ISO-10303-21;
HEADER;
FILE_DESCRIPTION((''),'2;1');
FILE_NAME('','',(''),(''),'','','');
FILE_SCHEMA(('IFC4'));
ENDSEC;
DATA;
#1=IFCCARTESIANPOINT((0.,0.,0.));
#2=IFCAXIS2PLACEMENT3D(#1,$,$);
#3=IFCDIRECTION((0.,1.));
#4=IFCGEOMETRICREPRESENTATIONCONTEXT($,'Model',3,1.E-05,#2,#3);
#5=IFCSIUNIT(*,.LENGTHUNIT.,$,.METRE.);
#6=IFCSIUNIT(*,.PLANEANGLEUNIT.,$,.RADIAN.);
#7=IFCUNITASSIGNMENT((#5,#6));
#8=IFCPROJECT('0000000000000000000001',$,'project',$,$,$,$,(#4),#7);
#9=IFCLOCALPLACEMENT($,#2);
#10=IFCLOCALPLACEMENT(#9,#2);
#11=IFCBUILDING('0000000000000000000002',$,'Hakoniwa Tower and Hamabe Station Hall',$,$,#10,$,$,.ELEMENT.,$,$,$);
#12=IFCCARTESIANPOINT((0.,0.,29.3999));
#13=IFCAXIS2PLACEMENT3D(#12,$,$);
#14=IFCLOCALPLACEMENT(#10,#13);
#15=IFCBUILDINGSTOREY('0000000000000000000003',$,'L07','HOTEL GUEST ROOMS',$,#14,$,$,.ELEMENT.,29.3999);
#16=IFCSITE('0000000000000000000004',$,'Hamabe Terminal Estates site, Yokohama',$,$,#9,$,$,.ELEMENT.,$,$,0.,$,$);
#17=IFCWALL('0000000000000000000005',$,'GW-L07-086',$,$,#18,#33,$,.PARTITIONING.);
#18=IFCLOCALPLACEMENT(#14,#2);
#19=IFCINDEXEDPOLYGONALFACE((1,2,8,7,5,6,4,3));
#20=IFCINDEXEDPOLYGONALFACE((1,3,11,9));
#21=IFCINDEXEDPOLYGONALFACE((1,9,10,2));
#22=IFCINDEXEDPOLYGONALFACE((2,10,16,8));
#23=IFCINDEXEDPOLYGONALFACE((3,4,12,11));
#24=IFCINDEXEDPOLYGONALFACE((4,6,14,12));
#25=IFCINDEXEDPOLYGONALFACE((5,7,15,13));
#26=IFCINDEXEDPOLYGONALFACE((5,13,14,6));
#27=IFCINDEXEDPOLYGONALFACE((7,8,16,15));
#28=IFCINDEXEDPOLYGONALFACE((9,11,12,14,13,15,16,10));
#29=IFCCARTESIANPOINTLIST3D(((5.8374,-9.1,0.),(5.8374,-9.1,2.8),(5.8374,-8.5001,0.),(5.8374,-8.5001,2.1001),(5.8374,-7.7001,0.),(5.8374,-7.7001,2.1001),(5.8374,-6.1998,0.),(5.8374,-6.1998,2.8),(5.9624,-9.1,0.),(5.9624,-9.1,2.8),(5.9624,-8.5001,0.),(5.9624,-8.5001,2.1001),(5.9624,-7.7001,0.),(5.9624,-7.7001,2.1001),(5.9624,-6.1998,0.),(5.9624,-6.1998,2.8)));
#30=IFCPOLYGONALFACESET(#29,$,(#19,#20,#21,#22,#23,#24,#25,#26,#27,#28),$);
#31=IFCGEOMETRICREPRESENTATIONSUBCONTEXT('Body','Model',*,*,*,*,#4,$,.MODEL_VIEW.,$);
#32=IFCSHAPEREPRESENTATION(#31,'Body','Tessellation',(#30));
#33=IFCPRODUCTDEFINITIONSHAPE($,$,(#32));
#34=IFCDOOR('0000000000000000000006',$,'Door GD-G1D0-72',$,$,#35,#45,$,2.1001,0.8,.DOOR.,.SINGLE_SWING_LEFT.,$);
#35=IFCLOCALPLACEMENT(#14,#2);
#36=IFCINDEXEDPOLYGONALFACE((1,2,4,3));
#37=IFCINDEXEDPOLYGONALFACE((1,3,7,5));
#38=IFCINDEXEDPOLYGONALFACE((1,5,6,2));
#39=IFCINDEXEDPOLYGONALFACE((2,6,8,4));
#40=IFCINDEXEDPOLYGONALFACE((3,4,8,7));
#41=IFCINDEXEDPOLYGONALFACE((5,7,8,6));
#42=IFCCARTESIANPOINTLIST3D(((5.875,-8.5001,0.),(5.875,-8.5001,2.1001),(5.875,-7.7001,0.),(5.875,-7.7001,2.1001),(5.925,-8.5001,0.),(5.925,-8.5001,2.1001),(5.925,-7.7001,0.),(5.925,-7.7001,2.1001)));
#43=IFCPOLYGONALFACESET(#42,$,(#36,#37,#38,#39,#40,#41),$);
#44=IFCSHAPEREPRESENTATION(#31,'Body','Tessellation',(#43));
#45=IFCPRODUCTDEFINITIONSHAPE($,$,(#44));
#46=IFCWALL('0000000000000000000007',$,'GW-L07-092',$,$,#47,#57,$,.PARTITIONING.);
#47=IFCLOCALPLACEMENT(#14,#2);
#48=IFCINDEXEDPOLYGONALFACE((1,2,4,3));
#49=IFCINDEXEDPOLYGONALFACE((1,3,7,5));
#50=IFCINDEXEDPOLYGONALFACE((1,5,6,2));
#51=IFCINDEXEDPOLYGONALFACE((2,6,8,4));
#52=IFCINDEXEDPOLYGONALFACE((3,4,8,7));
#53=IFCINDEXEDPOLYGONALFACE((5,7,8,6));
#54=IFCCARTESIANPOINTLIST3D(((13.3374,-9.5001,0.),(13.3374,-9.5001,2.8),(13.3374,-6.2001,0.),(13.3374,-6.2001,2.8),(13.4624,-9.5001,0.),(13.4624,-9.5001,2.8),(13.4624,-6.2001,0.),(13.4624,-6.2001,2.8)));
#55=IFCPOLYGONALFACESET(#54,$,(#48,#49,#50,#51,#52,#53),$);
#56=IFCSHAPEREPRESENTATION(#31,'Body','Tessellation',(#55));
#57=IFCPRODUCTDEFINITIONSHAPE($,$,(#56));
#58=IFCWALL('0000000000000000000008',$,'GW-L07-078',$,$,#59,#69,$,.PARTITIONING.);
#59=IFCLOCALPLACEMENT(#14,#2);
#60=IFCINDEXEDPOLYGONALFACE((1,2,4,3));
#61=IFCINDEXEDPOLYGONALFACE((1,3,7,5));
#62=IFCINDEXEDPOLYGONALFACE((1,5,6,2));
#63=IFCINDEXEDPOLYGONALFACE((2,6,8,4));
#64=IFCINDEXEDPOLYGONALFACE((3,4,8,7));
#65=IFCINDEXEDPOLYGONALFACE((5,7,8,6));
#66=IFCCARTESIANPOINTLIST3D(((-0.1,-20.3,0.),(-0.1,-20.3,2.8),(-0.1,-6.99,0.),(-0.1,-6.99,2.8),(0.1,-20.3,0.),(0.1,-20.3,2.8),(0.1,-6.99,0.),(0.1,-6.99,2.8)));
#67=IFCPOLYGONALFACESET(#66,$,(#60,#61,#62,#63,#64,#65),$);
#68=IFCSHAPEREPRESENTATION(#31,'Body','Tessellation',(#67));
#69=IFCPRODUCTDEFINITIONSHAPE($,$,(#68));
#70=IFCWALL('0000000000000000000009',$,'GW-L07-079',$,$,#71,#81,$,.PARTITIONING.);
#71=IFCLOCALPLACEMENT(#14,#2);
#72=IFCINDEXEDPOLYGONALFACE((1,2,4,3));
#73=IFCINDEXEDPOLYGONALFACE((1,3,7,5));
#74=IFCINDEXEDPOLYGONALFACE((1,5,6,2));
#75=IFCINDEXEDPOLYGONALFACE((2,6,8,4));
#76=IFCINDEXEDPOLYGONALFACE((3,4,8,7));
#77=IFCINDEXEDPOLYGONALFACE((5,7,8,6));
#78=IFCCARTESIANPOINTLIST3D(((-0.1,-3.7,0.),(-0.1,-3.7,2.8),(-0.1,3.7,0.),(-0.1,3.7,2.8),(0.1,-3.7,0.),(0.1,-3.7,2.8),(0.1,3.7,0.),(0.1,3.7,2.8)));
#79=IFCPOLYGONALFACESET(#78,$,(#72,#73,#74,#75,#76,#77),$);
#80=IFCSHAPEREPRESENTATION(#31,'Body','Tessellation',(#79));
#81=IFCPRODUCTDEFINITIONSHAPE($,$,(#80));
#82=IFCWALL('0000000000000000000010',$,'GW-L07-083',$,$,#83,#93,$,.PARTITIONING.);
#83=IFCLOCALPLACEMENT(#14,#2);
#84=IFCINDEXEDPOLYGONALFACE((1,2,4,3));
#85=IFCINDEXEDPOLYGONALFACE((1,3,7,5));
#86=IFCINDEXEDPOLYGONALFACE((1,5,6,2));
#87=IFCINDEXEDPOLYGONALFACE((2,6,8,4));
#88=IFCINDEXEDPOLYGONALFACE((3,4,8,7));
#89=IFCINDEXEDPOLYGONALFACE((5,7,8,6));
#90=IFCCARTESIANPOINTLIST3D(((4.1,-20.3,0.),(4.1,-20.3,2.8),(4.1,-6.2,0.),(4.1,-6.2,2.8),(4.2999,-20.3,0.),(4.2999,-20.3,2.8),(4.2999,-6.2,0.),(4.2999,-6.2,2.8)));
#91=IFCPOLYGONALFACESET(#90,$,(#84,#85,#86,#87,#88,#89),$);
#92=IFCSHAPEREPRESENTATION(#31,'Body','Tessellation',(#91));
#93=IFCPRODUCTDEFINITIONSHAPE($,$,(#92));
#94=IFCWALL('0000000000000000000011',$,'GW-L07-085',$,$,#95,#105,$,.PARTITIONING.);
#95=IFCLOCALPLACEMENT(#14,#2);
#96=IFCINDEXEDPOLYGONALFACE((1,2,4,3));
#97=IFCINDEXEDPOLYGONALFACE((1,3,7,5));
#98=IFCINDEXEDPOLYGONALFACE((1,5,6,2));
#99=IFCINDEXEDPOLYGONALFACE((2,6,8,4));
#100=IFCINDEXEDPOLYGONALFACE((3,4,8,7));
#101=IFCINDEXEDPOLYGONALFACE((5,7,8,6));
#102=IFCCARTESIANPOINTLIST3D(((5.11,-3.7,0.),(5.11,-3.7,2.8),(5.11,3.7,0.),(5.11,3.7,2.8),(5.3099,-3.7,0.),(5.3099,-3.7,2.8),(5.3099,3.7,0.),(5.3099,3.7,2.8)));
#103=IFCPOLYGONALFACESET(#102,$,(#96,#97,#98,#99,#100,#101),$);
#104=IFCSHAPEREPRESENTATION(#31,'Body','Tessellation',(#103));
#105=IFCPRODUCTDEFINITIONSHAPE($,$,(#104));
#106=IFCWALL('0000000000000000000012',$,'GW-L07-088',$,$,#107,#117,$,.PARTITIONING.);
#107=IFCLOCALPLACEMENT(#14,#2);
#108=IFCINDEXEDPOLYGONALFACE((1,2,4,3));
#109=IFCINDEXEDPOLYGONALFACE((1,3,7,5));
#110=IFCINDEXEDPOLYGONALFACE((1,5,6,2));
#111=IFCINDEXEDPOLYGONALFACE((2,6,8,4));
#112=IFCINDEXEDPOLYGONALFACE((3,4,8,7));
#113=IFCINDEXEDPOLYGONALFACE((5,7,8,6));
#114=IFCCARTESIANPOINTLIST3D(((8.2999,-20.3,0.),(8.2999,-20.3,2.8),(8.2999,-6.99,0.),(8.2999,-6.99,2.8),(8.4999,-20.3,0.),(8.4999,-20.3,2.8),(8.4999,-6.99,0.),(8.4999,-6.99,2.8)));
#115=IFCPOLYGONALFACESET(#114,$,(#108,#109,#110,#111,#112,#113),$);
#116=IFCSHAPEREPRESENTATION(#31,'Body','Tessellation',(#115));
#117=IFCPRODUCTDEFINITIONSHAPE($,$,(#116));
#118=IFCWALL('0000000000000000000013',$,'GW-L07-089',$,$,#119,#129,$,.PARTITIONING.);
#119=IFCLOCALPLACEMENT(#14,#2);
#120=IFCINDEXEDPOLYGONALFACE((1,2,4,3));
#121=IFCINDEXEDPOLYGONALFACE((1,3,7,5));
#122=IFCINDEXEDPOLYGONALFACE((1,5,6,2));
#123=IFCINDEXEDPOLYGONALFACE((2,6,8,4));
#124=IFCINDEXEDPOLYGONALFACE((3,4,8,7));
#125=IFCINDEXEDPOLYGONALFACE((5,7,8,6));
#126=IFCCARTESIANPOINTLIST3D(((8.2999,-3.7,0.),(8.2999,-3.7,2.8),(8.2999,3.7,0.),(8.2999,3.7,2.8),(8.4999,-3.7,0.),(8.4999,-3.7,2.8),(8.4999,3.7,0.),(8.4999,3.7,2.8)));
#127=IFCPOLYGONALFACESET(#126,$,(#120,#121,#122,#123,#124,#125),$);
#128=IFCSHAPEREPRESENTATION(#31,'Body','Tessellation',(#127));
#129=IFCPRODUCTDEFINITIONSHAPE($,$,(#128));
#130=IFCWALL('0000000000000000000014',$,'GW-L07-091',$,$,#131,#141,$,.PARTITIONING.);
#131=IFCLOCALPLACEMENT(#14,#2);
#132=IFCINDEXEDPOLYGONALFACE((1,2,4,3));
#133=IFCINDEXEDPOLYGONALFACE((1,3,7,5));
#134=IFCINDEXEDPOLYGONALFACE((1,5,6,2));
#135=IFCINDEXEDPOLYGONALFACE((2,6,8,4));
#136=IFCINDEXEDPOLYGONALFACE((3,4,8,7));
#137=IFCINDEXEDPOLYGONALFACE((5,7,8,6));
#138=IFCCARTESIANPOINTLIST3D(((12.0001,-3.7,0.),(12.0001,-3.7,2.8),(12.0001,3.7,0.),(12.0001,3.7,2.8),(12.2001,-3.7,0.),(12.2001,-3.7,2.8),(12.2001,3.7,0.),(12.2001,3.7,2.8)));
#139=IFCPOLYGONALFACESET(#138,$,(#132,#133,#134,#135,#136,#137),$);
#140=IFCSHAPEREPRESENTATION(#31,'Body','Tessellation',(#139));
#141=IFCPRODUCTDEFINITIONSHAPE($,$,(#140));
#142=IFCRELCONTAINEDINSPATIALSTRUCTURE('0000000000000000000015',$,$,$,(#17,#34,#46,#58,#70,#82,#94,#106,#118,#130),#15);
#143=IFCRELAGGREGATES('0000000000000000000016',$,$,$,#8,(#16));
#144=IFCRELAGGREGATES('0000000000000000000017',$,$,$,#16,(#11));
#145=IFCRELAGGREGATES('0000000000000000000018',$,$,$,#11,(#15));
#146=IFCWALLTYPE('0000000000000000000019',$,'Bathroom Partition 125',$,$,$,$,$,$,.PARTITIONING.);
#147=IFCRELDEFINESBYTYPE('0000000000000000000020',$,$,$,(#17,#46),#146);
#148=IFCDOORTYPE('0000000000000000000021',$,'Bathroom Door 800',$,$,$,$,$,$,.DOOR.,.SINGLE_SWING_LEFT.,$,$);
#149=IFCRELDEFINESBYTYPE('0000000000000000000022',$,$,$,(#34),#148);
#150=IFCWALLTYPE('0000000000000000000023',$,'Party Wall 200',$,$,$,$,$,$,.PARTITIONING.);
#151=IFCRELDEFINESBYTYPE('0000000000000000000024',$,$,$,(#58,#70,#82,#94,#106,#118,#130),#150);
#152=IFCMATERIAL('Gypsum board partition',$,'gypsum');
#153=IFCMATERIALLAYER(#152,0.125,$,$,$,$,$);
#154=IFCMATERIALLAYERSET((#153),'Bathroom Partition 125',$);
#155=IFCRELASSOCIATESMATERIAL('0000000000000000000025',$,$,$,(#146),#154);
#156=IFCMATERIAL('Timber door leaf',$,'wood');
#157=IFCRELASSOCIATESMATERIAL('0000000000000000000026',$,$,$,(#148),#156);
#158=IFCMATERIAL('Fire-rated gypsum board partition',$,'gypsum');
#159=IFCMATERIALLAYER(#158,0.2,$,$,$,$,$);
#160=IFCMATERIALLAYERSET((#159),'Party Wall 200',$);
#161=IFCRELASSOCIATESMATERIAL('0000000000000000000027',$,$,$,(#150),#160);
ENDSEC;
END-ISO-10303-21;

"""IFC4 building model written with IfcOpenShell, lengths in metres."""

from ifc_helpers import new_model, si_unit, direction, frame, frame_2d, origin, place, context, subcontext, project, spatial, rectangle, extrude, material, layer, layer_set, type_object, element, fill, save


model = new_model("IFC4")

# Units and contexts
model_context = context("Model", 3, precision=1e-05, world=origin(), true_north=direction((0.0, 1.0)))
body_context = subcontext(model_context, "Body", "Model", "MODEL_VIEW")
ifc_project = project(units=[si_unit("LENGTHUNIT", "METRE"), si_unit("PLANEANGLEUNIT", "RADIAN")], contexts=[model_context])

# Site, building, storey
site_placement = place(None, origin())
site = spatial("IfcSite", under=ifc_project, at=site_placement, Name="Hamabe Terminal Estates site, Yokohama", CompositionType="ELEMENT", RefElevation=0.0)
building_placement = place(site_placement, origin())
building = spatial("IfcBuilding", under=site, at=building_placement, Name="Hakoniwa Tower and Hamabe Station Hall", CompositionType="ELEMENT")
storey_placement = place(building_placement, frame((0.0, 0.0, 29.3999)))
storey = spatial("IfcBuildingStorey", under=building, at=storey_placement, Name="L07", Description="HOTEL GUEST ROOMS", CompositionType="ELEMENT", Elevation=29.3999)

# Shared definitions
ifc_material_1 = material(Name="Gypsum board partition", Category="gypsum")
ifc_layer_1 = layer(ifc_material_1, 0.125)
ifc_layer_set_1 = layer_set([ifc_layer_1], Name="Bathroom Partition 125")
wall_type_1 = type_object("IfcWallType", Name="Bathroom Partition 125", PredefinedType="PARTITIONING", material=ifc_layer_set_1)
ifc_material_2 = material(Name="Timber door leaf", Category="wood")
door_type = type_object("IfcDoorType", Name="Bathroom Door 800", OperationType="SINGLE_SWING_LEFT", PredefinedType="DOOR", material=ifc_material_2)

# Wall, opening, door
wall_1_placement = place(storey_placement, frame((5.8999, -9.1001, 0.0), z_axis=(0.0, 0.0, 1.0), x_axis=(0.0, 1.0, 0.0)))
wall_1 = element("IfcWall", 1, at=wall_1_placement, inside=storey, type_object=wall_type_1, Name="GW-L07-086", PredefinedType="PARTITIONING", context=body_context, shape_type="SweptSolid", body=[
    extrude(rectangle(XDim=2.9001, YDim=0.125, at=frame_2d((1.4502, 0.0))), origin(), (0.0, 0.0, 1.0), 2.8),
])
opening_1_placement = place(wall_1_placement, frame((0.6001, 0.0, 0.0)))
opening_1 = element("IfcOpeningElement", 2, at=opening_1_placement, cuts=wall_1, PredefinedType="OPENING", context=body_context, shape_type="SweptSolid", body=[
    extrude(rectangle(XDim=0.8, YDim=2.1001, at=frame_2d((0.3999, 1.05))), frame((0.0, 0.0725, 0.0), z_axis=(0.0, -1.0, 0.0), x_axis=(1.0, 0.0, 0.0)), (0.0, 0.0, 1.0), 0.145),
])
door_1_placement = place(opening_1_placement, origin())
door_1 = element("IfcDoor", 3, at=door_1_placement, inside=storey, type_object=door_type, Name="Door GD-G1D0-72", OperationType="SINGLE_SWING_LEFT", OverallHeight=2.1001, OverallWidth=0.8, PredefinedType="DOOR", context=body_context, shape_type="SweptSolid", body=[
    extrude(rectangle(XDim=0.8, YDim=2.1001, at=frame_2d((0.3999, 1.05))), frame((0.0, 0.0249, 0.0), z_axis=(0.0, -1.0, 0.0), x_axis=(1.0, 0.0, 0.0)), (0.0, 0.0, 1.0), 0.05),
])
fill(opening_1, door_1)

# Walls
wall_2_placement = place(storey_placement, frame((13.3999, -9.5, 0.0), z_axis=(0.0, 0.0, 1.0), x_axis=(0.0, 1.0, 0.0)))
element("IfcWall", 4, at=wall_2_placement, inside=storey, type_object=wall_type_1, Name="GW-L07-092", PredefinedType="PARTITIONING", context=body_context, shape_type="SweptSolid", body=[
    extrude(rectangle(XDim=3.3, YDim=0.125, at=frame_2d((1.6499, 0.0))), origin(), (0.0, 0.0, 1.0), 2.8),
])
ifc_material_3 = material(Name="Fire-rated gypsum board partition", Category="gypsum")
ifc_layer_2 = layer(ifc_material_3, 0.2)
ifc_layer_set_2 = layer_set([ifc_layer_2], Name="Party Wall 200")
wall_type_2 = type_object("IfcWallType", Name="Party Wall 200", PredefinedType="PARTITIONING", material=ifc_layer_set_2)
wall_3_placement = place(storey_placement, frame((0.0, -20.3, 0.0), z_axis=(0.0, 0.0, 1.0), x_axis=(0.0, 1.0, 0.0)))
element("IfcWall", 5, at=wall_3_placement, inside=storey, type_object=wall_type_2, Name="GW-L07-078", PredefinedType="PARTITIONING", context=body_context, shape_type="SweptSolid", body=[
    extrude(rectangle(XDim=13.3101, YDim=0.2, at=frame_2d((6.655, 0.0))), origin(), (0.0, 0.0, 1.0), 2.8),
])
wall_4_placement = place(storey_placement, frame((0.0, -3.7, 0.0), z_axis=(0.0, 0.0, 1.0), x_axis=(0.0, 1.0, 0.0)))
element("IfcWall", 6, at=wall_4_placement, inside=storey, type_object=wall_type_2, Name="GW-L07-079", PredefinedType="PARTITIONING", context=body_context, shape_type="SweptSolid", body=[
    extrude(rectangle(XDim=7.3999, YDim=0.2, at=frame_2d((3.7, 0.0))), origin(), (0.0, 0.0, 1.0), 2.8),
])
wall_5_placement = place(storey_placement, frame((4.2, -20.3, 0.0), z_axis=(0.0, 0.0, 1.0), x_axis=(0.0, 1.0, 0.0)))
element("IfcWall", 7, at=wall_5_placement, inside=storey, type_object=wall_type_2, Name="GW-L07-083", PredefinedType="PARTITIONING", context=body_context, shape_type="SweptSolid", body=[
    extrude(rectangle(XDim=14.1001, YDim=0.2, at=frame_2d((7.05, 0.0))), origin(), (0.0, 0.0, 1.0), 2.8),
])
wall_6_placement = place(storey_placement, frame((5.21, -3.7, 0.0), z_axis=(0.0, 0.0, 1.0), x_axis=(0.0, 1.0, 0.0)))
element("IfcWall", 8, at=wall_6_placement, inside=storey, type_object=wall_type_2, Name="GW-L07-085", PredefinedType="PARTITIONING", context=body_context, shape_type="SweptSolid", body=[
    extrude(rectangle(XDim=7.3999, YDim=0.2, at=frame_2d((3.7, 0.0))), origin(), (0.0, 0.0, 1.0), 2.8),
])
wall_7_placement = place(storey_placement, frame((8.3999, -20.3, 0.0), z_axis=(0.0, 0.0, 1.0), x_axis=(0.0, 1.0, 0.0)))
element("IfcWall", 9, at=wall_7_placement, inside=storey, type_object=wall_type_2, Name="GW-L07-088", PredefinedType="PARTITIONING", context=body_context, shape_type="SweptSolid", body=[
    extrude(rectangle(XDim=13.3101, YDim=0.2, at=frame_2d((6.655, 0.0))), origin(), (0.0, 0.0, 1.0), 2.8),
])
for number, where, z_axis, x_axis, name in (
    (10, (8.3999, -3.7, 0.0), (0.0, 0.0, 1.0), (0.0, 1.0, 0.0), "GW-L07-089"),
    (11, (12.1001, -3.7, 0.0), (0.0, 0.0, 1.0), (0.0, 1.0, 0.0), "GW-L07-091"),
):
    element("IfcWall", number, at=place(storey_placement, frame(where, z_axis=z_axis, x_axis=x_axis)), inside=storey, type_object=wall_type_2, Name=name, PredefinedType="PARTITIONING", context=body_context, shape_type="SweptSolid", body=[
        extrude(rectangle(XDim=7.3999, YDim=0.2, at=frame_2d((3.7, 0.0))), origin(), (0.0, 0.0, 1.0), 2.8),
    ])

save(model, "model.ifc")
